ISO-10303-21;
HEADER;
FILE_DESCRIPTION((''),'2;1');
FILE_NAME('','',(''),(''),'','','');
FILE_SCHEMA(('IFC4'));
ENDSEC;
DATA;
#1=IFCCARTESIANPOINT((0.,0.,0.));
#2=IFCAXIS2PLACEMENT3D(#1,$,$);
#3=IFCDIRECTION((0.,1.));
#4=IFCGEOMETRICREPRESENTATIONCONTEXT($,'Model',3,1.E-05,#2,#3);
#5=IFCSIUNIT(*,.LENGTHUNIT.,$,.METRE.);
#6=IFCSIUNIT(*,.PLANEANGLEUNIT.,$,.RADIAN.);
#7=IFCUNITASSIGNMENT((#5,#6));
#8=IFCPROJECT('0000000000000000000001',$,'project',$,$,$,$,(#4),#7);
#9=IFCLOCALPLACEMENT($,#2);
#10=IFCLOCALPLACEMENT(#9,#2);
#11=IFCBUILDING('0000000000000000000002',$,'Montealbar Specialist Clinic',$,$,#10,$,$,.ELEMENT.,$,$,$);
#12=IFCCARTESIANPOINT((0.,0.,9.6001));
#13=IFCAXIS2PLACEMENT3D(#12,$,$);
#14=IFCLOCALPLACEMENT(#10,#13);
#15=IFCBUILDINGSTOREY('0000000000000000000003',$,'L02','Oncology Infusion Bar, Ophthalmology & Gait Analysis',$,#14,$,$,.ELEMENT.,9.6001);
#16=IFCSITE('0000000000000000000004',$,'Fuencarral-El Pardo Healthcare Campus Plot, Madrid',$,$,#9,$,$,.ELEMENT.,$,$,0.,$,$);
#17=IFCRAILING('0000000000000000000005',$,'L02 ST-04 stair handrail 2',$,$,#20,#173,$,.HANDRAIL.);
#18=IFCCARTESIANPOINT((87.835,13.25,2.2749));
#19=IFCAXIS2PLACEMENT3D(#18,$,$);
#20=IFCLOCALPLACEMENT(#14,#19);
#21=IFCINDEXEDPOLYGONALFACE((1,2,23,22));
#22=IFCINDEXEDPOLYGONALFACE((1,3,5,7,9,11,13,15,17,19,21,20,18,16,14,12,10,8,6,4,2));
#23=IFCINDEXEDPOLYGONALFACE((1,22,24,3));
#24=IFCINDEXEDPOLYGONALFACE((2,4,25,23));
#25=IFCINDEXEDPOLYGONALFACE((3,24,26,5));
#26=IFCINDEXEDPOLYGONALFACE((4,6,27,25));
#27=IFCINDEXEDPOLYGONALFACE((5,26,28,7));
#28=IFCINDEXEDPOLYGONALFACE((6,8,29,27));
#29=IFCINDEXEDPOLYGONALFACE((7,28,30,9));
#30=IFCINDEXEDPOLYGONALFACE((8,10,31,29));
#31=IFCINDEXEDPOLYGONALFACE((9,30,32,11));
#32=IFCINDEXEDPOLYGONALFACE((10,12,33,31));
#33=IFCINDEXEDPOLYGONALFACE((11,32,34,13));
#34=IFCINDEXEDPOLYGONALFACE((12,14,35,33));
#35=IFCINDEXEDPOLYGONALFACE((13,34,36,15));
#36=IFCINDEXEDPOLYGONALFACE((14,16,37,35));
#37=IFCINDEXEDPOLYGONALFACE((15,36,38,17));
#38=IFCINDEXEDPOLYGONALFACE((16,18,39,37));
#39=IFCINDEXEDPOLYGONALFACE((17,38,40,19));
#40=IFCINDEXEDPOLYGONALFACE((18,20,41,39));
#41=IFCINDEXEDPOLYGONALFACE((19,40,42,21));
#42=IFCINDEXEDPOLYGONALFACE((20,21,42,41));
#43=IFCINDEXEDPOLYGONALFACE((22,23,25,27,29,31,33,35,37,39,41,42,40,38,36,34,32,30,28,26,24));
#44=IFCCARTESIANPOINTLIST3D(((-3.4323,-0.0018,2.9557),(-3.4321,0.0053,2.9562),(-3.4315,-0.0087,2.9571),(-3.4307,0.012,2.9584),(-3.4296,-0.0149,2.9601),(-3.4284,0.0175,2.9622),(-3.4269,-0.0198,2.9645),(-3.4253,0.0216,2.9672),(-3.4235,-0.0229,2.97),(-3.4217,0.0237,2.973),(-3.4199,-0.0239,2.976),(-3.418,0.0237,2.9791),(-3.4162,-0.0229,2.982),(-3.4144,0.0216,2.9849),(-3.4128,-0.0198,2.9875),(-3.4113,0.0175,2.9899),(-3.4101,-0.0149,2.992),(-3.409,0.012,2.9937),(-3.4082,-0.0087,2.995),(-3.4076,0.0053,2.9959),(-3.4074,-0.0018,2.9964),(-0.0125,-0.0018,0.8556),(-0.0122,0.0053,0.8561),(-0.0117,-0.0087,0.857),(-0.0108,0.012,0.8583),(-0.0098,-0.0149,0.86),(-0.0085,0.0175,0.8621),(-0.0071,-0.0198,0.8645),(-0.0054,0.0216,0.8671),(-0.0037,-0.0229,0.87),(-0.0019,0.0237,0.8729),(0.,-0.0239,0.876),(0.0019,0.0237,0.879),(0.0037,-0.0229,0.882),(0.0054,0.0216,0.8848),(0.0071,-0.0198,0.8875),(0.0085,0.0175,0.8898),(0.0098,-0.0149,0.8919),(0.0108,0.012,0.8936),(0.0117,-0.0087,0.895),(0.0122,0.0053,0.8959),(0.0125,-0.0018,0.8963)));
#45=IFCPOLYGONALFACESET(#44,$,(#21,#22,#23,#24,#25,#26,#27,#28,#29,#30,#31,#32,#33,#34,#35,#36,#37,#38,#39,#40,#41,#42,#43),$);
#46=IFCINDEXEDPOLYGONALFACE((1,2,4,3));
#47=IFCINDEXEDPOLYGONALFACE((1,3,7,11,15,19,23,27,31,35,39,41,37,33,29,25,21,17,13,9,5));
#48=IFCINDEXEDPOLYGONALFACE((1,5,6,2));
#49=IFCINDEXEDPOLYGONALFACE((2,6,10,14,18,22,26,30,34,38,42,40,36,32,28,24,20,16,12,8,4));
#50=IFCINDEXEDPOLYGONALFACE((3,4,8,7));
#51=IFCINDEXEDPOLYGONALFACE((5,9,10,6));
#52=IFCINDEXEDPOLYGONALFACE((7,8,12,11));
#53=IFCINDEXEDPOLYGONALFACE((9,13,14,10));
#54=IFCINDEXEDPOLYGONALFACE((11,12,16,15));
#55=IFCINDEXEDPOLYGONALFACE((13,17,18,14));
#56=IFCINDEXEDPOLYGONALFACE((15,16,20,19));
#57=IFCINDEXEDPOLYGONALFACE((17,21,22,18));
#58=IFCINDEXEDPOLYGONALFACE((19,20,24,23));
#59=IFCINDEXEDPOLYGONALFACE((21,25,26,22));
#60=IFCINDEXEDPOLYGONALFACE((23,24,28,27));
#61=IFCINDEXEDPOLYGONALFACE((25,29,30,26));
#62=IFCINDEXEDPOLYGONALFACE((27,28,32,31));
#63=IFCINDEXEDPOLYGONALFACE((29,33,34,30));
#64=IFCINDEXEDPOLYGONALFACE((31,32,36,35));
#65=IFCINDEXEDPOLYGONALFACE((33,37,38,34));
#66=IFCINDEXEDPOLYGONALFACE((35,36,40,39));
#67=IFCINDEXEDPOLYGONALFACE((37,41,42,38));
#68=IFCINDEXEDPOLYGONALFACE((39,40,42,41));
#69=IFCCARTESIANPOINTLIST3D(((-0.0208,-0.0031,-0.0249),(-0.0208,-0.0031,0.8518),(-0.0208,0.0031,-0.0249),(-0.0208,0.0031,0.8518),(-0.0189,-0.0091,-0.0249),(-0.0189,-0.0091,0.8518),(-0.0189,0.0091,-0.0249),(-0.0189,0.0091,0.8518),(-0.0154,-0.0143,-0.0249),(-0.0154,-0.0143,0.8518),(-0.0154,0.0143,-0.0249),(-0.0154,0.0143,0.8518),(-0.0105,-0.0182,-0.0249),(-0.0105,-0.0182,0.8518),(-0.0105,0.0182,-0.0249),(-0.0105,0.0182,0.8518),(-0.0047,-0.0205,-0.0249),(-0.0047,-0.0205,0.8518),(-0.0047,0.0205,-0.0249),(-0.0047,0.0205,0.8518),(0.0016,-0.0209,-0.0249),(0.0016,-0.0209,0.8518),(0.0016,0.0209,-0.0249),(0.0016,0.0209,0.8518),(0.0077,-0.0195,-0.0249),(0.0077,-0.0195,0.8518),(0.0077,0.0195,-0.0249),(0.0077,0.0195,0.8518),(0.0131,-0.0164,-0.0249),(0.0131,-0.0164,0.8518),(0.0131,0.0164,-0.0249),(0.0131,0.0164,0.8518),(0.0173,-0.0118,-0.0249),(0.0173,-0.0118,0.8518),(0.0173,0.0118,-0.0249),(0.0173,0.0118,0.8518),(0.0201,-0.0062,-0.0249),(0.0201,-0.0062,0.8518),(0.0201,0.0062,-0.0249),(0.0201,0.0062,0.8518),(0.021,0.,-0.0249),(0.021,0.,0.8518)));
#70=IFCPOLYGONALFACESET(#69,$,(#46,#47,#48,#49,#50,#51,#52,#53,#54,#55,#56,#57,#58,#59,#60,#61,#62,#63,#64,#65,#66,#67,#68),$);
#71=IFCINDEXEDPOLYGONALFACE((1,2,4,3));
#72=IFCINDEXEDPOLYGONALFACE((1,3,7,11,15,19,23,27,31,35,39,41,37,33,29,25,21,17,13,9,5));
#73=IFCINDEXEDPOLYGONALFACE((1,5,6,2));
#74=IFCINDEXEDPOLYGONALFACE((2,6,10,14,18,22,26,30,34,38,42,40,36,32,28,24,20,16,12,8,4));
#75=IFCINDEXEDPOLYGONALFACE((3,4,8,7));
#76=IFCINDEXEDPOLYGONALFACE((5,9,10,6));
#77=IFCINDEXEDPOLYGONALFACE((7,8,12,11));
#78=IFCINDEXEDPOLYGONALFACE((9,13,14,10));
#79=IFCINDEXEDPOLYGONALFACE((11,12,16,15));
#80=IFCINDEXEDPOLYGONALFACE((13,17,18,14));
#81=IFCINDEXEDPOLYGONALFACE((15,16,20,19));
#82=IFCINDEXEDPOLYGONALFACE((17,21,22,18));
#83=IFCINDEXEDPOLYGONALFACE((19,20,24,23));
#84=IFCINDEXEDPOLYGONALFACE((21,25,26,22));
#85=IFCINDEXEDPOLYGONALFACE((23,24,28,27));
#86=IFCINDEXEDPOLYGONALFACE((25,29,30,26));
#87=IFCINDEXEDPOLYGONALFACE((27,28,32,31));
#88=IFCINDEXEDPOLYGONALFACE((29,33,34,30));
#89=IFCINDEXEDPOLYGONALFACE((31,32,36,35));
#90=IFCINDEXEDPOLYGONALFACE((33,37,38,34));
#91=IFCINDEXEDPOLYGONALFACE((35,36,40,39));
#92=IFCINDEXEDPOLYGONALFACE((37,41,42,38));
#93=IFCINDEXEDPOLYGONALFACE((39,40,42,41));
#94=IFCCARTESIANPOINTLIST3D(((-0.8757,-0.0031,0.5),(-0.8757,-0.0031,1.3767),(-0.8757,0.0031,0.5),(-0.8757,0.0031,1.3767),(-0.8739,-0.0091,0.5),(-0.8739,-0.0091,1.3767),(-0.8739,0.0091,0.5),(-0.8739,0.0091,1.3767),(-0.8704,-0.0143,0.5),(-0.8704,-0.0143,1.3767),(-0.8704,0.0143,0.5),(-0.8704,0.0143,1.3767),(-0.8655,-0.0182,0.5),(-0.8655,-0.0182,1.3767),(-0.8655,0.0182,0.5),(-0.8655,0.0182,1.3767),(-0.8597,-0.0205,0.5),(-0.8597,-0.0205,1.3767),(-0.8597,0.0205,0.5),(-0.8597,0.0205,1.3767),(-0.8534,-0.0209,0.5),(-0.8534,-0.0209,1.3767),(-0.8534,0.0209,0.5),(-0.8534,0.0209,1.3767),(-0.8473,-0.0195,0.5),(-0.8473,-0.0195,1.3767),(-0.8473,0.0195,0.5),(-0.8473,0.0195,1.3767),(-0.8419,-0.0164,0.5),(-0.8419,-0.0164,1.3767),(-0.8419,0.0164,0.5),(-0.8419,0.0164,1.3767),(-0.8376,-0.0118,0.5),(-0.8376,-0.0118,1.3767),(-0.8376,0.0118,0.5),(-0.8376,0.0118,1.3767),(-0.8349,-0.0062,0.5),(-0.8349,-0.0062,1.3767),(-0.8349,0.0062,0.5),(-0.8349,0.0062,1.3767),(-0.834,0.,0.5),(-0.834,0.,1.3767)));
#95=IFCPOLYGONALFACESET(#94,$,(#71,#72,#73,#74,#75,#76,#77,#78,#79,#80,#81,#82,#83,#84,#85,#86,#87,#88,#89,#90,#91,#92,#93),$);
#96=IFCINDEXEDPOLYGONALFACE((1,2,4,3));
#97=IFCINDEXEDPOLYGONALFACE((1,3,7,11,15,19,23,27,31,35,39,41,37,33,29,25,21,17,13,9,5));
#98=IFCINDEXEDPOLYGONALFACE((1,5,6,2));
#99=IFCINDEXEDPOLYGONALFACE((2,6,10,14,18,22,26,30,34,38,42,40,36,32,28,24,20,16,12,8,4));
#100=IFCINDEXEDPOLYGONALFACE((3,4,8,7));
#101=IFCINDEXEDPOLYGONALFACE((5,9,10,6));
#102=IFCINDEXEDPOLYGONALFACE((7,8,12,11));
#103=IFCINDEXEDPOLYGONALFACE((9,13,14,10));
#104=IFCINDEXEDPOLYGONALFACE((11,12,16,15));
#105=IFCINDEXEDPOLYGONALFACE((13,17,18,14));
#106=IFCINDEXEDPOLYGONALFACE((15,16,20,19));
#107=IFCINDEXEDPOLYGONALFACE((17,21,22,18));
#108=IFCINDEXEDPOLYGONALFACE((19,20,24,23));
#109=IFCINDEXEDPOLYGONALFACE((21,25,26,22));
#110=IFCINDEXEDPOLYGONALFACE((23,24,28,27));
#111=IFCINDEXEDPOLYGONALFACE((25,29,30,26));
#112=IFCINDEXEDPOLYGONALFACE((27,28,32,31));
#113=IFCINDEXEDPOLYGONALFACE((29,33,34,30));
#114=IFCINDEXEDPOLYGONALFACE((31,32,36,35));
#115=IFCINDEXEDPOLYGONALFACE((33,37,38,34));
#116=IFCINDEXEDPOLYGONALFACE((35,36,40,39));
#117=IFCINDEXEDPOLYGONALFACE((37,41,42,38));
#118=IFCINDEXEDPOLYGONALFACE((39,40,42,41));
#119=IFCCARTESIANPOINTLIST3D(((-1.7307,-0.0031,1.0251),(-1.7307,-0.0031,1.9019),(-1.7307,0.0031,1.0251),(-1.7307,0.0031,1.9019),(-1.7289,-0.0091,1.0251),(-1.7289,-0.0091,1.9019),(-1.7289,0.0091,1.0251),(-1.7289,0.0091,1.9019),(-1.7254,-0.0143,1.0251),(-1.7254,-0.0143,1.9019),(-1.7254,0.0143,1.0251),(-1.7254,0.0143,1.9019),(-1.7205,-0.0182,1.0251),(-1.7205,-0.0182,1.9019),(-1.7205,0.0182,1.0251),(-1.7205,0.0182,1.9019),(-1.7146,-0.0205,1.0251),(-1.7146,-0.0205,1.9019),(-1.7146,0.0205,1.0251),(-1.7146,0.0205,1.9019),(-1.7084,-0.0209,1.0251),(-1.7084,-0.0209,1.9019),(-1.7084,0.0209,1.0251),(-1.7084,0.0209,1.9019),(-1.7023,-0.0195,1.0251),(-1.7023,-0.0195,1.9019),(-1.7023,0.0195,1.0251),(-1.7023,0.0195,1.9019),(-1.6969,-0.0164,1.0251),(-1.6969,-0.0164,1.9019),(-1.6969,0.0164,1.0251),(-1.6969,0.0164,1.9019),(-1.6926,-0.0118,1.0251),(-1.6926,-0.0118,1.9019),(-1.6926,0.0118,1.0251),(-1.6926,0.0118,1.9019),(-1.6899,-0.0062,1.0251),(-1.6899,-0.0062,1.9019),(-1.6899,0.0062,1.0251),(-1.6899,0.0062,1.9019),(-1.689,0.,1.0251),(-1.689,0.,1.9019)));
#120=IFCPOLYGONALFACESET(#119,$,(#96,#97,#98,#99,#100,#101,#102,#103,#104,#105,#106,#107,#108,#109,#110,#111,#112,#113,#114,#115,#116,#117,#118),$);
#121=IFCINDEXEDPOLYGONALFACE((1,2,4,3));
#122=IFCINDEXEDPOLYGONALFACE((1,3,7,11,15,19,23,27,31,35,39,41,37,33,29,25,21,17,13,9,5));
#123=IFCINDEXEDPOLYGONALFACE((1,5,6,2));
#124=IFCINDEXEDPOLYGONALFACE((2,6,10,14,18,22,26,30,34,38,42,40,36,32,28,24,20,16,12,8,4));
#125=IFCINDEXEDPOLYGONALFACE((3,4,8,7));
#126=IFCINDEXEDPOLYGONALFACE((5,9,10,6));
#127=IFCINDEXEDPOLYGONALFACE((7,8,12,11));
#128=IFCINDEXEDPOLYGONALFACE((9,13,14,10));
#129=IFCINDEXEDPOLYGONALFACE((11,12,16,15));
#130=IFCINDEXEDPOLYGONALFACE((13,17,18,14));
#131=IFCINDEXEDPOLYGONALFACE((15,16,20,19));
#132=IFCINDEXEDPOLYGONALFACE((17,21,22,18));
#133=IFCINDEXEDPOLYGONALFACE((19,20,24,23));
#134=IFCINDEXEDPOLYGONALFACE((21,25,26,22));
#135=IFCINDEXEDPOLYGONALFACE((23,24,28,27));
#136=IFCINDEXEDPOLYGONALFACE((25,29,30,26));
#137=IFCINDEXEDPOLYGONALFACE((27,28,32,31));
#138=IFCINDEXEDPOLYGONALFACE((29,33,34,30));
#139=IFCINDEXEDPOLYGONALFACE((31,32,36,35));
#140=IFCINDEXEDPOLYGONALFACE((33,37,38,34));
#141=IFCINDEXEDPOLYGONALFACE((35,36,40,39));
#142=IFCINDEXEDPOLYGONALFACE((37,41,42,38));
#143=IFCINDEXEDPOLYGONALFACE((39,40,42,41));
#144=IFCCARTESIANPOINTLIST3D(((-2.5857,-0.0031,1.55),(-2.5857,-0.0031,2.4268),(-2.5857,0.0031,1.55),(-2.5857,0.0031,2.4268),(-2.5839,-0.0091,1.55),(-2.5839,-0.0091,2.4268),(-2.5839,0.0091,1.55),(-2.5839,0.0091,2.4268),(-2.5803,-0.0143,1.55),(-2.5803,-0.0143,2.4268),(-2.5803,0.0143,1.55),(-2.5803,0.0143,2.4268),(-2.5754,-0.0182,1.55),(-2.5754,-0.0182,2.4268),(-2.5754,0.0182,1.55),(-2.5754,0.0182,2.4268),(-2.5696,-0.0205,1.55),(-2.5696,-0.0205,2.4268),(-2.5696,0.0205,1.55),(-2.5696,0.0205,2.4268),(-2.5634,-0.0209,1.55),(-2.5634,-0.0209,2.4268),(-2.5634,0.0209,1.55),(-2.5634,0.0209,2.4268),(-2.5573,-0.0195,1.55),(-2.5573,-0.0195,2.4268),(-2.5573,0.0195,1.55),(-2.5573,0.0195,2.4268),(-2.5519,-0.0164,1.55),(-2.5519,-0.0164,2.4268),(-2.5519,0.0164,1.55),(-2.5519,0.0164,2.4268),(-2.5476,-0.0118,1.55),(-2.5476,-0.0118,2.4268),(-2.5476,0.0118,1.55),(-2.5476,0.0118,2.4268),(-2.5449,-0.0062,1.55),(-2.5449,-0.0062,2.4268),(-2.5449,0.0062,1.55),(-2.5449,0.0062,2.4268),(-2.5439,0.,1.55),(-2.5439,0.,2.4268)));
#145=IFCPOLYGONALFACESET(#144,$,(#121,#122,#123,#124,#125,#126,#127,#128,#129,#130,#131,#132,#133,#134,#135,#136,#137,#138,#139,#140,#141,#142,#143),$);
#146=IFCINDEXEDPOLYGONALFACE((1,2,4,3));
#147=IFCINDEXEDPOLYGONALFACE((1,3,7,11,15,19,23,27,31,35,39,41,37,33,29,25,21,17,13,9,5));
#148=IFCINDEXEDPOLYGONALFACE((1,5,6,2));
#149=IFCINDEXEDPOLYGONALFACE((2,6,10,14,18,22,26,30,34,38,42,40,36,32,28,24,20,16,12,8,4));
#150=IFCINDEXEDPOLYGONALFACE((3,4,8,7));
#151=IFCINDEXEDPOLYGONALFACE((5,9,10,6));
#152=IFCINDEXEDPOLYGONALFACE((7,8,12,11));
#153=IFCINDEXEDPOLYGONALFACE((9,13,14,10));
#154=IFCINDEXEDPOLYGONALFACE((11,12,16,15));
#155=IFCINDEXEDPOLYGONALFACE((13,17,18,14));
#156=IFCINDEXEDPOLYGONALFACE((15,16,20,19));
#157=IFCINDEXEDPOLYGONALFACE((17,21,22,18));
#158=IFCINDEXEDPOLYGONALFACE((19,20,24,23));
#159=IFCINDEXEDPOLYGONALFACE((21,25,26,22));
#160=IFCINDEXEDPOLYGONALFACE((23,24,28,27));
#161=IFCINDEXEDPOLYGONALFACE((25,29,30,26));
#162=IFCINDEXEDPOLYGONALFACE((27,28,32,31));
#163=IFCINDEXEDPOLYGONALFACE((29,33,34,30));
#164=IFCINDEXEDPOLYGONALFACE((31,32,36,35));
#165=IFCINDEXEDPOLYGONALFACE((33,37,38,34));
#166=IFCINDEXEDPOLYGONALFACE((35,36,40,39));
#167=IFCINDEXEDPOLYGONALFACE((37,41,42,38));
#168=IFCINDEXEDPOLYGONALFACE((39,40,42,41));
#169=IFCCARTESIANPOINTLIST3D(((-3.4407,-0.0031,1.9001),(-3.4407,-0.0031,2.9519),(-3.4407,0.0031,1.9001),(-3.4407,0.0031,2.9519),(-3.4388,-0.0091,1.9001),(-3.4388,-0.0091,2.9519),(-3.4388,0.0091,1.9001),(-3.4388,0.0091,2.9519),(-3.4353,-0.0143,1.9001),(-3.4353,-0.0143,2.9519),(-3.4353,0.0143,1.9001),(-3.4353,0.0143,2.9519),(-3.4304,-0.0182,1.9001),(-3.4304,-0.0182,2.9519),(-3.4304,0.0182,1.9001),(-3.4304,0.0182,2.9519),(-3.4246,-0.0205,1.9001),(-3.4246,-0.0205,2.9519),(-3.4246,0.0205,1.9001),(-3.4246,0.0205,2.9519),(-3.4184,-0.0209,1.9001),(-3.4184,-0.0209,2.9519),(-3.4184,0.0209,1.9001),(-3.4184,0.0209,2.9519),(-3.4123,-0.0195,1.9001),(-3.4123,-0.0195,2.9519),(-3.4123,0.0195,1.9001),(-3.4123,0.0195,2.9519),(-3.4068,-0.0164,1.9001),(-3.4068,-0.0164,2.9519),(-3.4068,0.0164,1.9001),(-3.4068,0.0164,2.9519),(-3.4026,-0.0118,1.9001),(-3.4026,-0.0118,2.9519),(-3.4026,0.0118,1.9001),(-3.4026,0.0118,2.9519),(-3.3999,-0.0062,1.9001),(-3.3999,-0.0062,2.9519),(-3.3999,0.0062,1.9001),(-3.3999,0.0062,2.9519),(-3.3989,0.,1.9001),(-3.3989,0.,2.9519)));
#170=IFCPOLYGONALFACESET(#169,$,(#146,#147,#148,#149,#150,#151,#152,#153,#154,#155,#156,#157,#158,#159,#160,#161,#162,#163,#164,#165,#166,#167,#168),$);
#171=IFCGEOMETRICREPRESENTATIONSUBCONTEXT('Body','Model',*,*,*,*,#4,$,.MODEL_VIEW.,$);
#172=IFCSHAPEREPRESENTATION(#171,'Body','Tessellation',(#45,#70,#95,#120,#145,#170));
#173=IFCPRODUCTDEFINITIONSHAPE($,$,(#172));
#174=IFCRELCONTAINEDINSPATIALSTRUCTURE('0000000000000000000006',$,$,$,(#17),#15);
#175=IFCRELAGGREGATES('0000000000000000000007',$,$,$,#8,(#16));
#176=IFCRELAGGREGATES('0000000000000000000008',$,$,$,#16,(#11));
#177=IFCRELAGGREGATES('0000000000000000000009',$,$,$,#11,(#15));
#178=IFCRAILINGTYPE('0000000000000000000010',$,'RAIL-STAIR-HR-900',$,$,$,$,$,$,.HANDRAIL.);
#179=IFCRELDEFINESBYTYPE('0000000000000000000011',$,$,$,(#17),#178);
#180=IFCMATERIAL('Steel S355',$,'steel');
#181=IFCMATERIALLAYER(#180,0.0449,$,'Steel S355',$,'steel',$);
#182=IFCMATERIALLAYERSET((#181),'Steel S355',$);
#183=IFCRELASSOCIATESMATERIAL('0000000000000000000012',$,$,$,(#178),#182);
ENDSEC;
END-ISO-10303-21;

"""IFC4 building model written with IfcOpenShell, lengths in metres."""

from ifc_helpers import new_model, si_unit, direction, frame, origin, origin_2d, place, context, subcontext, project, spatial, circle, extrude, material, layer, layer_set, type_object, element, save


model = new_model("IFC4")

# Units and contexts
model_context = context("Model", 3, precision=1e-05, world=origin(), true_north=direction((0.0, 1.0)))
body_context = subcontext(model_context, "Body", "Model", "MODEL_VIEW")
ifc_project = project(units=[si_unit("LENGTHUNIT", "METRE"), si_unit("PLANEANGLEUNIT", "RADIAN")], contexts=[model_context])

# Site, building, storey
site_placement = place(None, origin())
site = spatial("IfcSite", under=ifc_project, at=site_placement, Name="Fuencarral-El Pardo Healthcare Campus Plot, Madrid", CompositionType="ELEMENT", RefElevation=0.0)
building_placement = place(site_placement, origin())
building = spatial("IfcBuilding", under=site, at=building_placement, Name="Montealbar Specialist Clinic", CompositionType="ELEMENT")
storey_placement = place(building_placement, frame((0.0, 0.0, 9.6001)))
storey = spatial("IfcBuildingStorey", under=building, at=storey_placement, Name="L02", Description="Oncology Infusion Bar, Ophthalmology & Gait Analysis", CompositionType="ELEMENT", Elevation=9.6001)

# Shared definitions
ifc_material_1 = material(Name="Steel S355", Category="steel")

# Railing
ifc_layer_1 = layer(ifc_material_1, 0.0449, Name="Steel S355", Category="steel")
ifc_layer_set_1 = layer_set([ifc_layer_1], Name="Steel S355")
railing_type_1 = type_object("IfcRailingType", Name="RAIL-STAIR-HR-900", PredefinedType="HANDRAIL", material=ifc_layer_set_1)
railing_1_placement = place(storey_placement, frame((87.835, 13.25, 2.2749)))
element("IfcRailing", 1, at=railing_1_placement, inside=storey, type_object=railing_type_1, Name="L02 ST-04 stair handrail 2", PredefinedType="HANDRAIL", context=body_context, shape_type="SweptSolid", body=[
    extrude(circle(Radius=0.0239, at=origin_2d()), frame((0.0, 0.0, 0.876), z_axis=(-0.852155, 0.0, 0.523289), x_axis=(0.0, -1.0, 0.0)), (0.0, 0.0, 1.0), 4.0132),
    extrude(circle(Radius=0.021, at=origin_2d()), frame((0.0, 0.0, -0.0249)), (0.0, 0.0, 1.0), 0.8767),
    extrude(circle(Radius=0.021, at=origin_2d()), frame((-0.855, 0.0, 0.5)), (0.0, 0.0, 1.0), 0.8767),
    extrude(circle(Radius=0.021, at=origin_2d()), frame((-1.71, 0.0, 1.0251)), (0.0, 0.0, 1.0), 0.8767),
    extrude(circle(Radius=0.021, at=origin_2d()), frame((-2.5649, 0.0, 1.55)), (0.0, 0.0, 1.0), 0.8767),
    extrude(circle(Radius=0.021, at=origin_2d()), frame((-3.4199, 0.0, 1.9001)), (0.0, 0.0, 1.0), 1.0518),
])

save(model, "model.ifc")
